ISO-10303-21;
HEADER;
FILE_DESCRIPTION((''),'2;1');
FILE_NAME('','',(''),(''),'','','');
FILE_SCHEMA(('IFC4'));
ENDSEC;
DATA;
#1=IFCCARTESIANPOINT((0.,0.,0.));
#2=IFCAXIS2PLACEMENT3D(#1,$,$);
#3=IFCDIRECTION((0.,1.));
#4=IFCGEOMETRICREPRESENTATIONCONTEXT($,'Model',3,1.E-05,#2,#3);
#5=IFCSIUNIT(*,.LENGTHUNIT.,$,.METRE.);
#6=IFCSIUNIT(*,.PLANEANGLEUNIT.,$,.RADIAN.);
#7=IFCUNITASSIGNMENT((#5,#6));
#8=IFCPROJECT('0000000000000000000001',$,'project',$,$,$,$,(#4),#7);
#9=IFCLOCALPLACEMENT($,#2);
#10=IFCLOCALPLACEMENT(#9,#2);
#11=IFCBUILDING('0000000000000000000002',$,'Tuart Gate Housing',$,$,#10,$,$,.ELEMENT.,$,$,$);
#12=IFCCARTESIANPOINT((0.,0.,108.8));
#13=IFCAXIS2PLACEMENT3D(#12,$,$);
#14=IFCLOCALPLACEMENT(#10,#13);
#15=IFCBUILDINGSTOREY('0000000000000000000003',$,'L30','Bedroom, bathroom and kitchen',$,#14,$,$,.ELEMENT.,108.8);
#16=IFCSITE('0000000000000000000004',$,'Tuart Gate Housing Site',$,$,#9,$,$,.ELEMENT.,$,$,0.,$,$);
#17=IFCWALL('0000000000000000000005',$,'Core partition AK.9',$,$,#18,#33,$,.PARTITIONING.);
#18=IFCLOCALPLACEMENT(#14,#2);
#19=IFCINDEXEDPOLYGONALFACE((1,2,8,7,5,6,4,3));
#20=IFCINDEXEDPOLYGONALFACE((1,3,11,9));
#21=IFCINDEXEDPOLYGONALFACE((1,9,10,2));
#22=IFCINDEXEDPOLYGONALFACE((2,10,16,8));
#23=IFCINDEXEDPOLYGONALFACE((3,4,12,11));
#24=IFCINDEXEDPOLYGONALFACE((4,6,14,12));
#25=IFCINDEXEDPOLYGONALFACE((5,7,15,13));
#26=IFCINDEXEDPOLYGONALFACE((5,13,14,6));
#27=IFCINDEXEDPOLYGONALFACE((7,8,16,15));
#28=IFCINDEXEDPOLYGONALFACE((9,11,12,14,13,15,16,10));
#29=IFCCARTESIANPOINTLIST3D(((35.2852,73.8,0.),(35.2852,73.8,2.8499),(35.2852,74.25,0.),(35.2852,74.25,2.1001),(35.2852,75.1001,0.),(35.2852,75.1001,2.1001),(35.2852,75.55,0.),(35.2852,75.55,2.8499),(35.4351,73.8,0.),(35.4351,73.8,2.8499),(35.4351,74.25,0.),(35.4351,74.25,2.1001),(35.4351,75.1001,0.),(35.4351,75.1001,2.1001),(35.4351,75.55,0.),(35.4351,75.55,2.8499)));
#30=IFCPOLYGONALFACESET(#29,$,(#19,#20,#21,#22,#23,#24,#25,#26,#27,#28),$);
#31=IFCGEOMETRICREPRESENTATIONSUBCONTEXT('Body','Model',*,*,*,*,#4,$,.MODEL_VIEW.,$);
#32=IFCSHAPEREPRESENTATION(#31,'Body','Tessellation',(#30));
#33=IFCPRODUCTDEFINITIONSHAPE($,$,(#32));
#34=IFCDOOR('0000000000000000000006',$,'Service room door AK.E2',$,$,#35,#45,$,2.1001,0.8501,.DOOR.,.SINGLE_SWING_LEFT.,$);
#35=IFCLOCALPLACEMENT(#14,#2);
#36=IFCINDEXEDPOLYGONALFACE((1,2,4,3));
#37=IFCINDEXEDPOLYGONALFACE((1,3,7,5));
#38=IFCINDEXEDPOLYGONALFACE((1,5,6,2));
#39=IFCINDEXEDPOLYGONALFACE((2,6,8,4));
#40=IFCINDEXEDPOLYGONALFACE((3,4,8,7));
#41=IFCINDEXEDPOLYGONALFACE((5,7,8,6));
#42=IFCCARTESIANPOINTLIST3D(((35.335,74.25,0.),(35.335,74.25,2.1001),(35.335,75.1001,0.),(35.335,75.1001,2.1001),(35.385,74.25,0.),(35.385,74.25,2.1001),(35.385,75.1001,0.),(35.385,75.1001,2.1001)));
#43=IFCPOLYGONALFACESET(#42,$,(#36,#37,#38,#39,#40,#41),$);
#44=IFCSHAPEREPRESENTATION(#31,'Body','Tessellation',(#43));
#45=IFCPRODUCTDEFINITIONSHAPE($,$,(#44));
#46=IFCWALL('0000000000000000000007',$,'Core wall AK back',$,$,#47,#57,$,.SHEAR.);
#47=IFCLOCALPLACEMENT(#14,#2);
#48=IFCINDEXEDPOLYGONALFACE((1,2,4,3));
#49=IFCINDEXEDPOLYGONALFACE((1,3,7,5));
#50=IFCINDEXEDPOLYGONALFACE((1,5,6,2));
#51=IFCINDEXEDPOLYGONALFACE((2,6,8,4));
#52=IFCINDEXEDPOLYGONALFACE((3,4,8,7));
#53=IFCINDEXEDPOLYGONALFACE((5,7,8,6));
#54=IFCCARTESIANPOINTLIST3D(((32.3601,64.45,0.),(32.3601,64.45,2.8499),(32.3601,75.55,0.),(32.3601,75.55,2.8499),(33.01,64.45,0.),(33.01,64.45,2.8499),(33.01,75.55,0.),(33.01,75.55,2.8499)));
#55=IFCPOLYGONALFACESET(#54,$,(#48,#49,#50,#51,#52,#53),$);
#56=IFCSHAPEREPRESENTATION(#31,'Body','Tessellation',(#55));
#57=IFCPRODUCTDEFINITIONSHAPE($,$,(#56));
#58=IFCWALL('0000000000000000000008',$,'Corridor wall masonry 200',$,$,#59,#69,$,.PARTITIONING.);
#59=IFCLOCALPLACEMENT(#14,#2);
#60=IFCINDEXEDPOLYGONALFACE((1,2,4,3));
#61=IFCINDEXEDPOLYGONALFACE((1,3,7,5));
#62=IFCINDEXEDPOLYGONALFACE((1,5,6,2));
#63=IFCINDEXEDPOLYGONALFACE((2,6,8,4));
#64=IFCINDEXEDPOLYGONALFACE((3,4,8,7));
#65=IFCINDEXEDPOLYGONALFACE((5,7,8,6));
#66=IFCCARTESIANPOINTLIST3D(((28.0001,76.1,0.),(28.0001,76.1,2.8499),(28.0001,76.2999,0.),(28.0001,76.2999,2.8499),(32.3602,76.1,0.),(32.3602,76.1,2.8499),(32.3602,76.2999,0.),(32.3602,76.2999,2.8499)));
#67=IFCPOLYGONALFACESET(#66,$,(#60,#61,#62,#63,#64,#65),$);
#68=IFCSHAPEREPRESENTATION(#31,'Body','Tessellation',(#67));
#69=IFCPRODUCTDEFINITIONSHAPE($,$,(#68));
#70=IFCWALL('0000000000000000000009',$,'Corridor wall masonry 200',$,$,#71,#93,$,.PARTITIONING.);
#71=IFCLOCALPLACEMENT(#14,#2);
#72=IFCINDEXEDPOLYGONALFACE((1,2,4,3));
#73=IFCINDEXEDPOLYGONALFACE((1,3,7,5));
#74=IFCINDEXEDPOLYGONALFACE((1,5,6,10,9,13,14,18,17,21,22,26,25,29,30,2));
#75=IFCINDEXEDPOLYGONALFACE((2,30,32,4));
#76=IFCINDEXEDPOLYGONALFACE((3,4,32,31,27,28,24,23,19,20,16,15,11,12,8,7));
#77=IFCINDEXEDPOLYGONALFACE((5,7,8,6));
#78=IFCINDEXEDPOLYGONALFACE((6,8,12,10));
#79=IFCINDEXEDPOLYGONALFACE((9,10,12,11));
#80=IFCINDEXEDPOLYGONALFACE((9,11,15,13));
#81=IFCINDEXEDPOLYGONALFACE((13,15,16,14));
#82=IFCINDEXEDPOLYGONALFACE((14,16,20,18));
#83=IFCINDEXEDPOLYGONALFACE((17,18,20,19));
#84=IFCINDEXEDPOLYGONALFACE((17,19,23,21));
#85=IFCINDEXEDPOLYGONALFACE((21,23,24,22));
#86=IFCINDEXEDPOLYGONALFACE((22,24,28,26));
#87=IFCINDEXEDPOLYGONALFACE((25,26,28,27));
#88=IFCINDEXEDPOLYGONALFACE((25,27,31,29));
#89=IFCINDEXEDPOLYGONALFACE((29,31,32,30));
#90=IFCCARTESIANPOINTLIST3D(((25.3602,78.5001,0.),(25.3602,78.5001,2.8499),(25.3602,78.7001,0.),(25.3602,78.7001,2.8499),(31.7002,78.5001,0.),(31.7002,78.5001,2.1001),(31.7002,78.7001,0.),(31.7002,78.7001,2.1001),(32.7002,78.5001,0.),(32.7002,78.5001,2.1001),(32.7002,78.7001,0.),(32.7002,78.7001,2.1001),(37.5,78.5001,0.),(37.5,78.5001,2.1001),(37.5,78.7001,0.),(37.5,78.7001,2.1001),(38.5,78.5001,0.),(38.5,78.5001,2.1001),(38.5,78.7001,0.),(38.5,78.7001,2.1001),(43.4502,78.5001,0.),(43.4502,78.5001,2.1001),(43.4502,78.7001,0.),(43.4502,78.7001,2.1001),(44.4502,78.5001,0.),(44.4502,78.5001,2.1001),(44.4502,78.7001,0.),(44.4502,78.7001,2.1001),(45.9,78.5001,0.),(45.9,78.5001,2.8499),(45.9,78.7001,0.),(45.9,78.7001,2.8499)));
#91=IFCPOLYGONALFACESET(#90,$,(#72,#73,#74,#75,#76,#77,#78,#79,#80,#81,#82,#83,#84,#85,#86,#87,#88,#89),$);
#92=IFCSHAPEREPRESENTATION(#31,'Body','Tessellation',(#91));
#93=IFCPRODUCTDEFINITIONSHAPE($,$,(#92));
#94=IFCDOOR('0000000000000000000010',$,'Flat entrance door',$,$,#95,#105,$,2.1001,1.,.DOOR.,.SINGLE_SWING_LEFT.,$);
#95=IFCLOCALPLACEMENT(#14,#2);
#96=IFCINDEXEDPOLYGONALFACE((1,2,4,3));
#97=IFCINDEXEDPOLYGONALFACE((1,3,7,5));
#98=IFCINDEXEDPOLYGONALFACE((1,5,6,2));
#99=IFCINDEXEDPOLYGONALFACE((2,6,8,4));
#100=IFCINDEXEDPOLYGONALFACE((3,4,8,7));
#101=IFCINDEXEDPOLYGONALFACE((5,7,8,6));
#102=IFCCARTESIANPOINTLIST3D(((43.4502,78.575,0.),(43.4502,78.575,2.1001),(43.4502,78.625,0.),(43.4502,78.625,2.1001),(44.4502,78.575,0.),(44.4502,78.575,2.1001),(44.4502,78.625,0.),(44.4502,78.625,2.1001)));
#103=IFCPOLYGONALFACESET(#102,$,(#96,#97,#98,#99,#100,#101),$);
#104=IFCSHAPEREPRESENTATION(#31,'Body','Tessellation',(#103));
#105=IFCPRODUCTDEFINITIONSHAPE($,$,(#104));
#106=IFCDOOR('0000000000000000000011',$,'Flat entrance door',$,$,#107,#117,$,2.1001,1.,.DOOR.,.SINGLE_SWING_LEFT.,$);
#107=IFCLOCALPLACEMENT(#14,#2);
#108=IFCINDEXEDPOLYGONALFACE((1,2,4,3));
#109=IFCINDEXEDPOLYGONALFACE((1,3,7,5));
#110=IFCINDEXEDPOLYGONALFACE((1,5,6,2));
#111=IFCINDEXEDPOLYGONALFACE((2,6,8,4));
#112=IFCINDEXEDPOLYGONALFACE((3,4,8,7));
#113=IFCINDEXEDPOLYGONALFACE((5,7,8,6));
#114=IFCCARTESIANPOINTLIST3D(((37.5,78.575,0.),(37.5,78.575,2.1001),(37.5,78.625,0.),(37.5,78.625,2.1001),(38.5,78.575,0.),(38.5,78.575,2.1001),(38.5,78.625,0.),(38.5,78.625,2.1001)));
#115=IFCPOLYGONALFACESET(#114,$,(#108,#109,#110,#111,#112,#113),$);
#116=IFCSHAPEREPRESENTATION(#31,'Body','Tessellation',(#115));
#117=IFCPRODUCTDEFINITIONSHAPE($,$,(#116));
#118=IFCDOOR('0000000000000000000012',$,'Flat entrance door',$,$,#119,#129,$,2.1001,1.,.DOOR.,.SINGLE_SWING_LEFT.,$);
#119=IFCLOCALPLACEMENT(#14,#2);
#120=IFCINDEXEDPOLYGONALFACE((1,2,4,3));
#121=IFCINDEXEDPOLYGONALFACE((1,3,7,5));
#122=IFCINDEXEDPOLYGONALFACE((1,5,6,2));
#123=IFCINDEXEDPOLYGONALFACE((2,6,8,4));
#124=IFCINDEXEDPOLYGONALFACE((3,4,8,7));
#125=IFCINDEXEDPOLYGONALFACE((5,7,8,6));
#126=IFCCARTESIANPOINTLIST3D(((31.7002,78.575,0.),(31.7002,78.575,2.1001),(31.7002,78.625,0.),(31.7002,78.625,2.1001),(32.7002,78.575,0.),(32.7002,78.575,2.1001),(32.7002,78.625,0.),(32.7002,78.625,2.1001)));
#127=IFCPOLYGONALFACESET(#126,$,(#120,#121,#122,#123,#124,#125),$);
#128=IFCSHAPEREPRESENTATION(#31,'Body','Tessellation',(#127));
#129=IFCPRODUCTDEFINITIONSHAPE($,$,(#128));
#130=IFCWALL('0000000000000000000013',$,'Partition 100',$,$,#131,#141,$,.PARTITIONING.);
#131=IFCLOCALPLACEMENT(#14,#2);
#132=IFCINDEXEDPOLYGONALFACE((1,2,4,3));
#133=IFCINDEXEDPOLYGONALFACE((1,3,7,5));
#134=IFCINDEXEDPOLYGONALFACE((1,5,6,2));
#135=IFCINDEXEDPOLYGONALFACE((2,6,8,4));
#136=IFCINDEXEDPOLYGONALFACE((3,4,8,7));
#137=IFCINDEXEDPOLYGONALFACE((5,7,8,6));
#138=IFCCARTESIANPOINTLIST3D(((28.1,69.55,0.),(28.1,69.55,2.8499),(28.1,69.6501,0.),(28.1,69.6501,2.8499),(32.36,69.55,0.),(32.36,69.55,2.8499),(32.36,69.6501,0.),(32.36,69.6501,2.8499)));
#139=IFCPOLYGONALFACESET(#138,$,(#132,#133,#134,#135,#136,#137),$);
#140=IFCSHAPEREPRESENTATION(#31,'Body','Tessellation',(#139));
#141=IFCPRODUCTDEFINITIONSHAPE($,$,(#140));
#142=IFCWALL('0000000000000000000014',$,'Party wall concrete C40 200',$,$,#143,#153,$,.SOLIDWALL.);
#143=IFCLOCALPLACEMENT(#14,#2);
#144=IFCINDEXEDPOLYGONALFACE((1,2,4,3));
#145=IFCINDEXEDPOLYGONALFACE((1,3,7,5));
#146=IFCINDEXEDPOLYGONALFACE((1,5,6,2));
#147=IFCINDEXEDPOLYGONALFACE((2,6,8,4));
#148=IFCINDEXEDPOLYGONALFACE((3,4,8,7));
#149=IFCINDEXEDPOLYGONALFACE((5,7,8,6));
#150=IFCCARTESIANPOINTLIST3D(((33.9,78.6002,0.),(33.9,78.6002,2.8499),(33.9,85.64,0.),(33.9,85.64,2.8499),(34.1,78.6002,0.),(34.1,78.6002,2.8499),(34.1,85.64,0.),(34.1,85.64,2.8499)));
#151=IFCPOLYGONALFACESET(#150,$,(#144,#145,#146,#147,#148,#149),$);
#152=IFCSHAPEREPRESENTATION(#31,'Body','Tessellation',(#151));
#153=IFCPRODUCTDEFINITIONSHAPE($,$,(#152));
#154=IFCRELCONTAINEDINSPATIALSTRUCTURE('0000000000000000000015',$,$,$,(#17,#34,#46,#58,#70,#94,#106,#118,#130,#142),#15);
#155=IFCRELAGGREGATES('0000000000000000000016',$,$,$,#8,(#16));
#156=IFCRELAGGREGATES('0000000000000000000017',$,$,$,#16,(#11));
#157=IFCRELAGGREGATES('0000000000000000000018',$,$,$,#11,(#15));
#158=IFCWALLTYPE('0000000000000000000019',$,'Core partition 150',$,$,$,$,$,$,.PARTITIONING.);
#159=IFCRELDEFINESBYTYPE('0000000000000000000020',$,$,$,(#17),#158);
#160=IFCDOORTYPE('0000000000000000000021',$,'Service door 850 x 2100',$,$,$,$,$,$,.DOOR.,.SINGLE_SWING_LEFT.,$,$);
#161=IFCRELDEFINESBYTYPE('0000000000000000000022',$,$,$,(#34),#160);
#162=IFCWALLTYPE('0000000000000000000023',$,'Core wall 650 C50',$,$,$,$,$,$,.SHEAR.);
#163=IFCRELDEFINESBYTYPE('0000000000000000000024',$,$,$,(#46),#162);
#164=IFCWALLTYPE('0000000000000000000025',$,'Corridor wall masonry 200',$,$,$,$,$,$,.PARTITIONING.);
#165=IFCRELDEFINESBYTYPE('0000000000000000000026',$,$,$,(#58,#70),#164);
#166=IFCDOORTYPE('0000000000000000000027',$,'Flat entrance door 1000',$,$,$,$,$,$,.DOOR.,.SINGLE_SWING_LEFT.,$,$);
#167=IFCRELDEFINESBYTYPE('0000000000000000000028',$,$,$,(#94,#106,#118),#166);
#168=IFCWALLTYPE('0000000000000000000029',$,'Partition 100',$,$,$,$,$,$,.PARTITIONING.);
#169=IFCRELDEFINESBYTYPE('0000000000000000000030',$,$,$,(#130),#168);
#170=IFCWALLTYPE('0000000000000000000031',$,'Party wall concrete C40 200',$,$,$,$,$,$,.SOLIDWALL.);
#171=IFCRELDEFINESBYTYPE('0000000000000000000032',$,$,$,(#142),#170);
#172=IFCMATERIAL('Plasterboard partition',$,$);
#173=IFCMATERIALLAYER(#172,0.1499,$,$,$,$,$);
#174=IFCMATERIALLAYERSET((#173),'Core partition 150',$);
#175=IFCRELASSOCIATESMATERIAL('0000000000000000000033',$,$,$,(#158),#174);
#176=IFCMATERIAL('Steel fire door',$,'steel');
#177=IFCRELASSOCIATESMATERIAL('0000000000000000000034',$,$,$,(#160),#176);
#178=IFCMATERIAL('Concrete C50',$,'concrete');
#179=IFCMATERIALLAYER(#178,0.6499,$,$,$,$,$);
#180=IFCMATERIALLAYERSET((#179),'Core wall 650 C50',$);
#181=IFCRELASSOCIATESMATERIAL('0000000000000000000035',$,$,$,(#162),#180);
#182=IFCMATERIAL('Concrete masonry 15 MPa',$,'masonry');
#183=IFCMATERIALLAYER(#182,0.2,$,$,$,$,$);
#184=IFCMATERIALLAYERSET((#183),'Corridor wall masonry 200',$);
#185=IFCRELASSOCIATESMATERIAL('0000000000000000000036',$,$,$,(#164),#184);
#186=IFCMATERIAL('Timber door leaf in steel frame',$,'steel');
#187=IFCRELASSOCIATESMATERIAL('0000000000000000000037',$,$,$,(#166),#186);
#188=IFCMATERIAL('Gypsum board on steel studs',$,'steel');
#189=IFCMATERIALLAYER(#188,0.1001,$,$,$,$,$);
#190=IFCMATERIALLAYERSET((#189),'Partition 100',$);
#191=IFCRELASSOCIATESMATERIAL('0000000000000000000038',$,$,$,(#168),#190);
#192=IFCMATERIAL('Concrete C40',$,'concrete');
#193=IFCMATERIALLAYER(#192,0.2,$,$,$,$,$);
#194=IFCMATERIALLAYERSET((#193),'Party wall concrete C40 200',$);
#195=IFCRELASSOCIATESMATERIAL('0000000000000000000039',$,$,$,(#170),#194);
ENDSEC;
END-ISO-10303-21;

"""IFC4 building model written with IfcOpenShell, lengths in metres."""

from ifc_helpers import new_model, si_unit, direction, frame, frame_2d, origin, place, context, subcontext, project, spatial, rectangle, extrude, material, layer, layer_set, type_object, element, fill, save


model = new_model("IFC4")

# Units and contexts
model_context = context("Model", 3, precision=1e-05, world=origin(), true_north=direction((0.0, 1.0)))
body_context = subcontext(model_context, "Body", "Model", "MODEL_VIEW")
ifc_project = project(units=[si_unit("LENGTHUNIT", "METRE"), si_unit("PLANEANGLEUNIT", "RADIAN")], contexts=[model_context])

# Site, building, storey
site_placement = place(None, origin())
site = spatial("IfcSite", under=ifc_project, at=site_placement, Name="Tuart Gate Housing Site", CompositionType="ELEMENT", RefElevation=0.0)
building_placement = place(site_placement, origin())
building = spatial("IfcBuilding", under=site, at=building_placement, Name="Tuart Gate Housing", CompositionType="ELEMENT")
storey_placement = place(building_placement, frame((0.0, 0.0, 108.8)))
storey = spatial("IfcBuildingStorey", under=building, at=storey_placement, Name="L30", Description="Bedroom, bathroom and kitchen", CompositionType="ELEMENT", Elevation=108.8)

# Wall, opening, door
ifc_material_1 = material(Name="Plasterboard partition")
ifc_layer_1 = layer(ifc_material_1, 0.1499)
ifc_layer_set_1 = layer_set([ifc_layer_1], Name="Core partition 150")
wall_type_1 = type_object("IfcWallType", Name="Core partition 150", PredefinedType="PARTITIONING", material=ifc_layer_set_1)
wall_1_placement = place(storey_placement, frame((35.3601, 75.55, 0.0), z_axis=(0.0, 0.0, 1.0), x_axis=(0.0, -1.0, 0.0)))
wall_1 = element("IfcWall", 1, at=wall_1_placement, inside=storey, type_object=wall_type_1, Name="Core partition AK.9", PredefinedType="PARTITIONING", context=body_context, shape_type="SweptSolid", body=[
    extrude(rectangle(XDim=1.75, YDim=0.1499, at=frame_2d((0.875, 0.0))), origin(), (0.0, 0.0, 1.0), 2.8499),
])
opening_1_placement = place(wall_1_placement, frame((0.45, 0.0, 0.0)))
opening_1 = element("IfcOpeningElement", 2, at=opening_1_placement, cuts=wall_1, PredefinedType="OPENING", context=body_context, shape_type="SweptSolid", body=[
    extrude(rectangle(XDim=0.8501, YDim=2.1001, at=frame_2d((0.425, 1.05))), frame((0.0, 0.085, 0.0), z_axis=(0.0, -1.0, 0.0), x_axis=(1.0, 0.0, 0.0)), (0.0, 0.0, 1.0), 0.1699),
])
ifc_material_2 = material(Name="Steel fire door", Category="steel")
door_type_1 = type_object("IfcDoorType", Name="Service door 850 x 2100", OperationType="SINGLE_SWING_LEFT", PredefinedType="DOOR", material=ifc_material_2)
door_1_placement = place(opening_1_placement, origin())
door_1 = element("IfcDoor", 3, at=door_1_placement, inside=storey, type_object=door_type_1, Name="Service room door AK.E2", OperationType="SINGLE_SWING_LEFT", OverallHeight=2.1001, OverallWidth=0.8501, PredefinedType="DOOR", context=body_context, shape_type="SweptSolid", body=[
    extrude(rectangle(XDim=0.8501, YDim=2.1001, at=frame_2d((0.425, 1.05))), frame((0.0, 0.0249, 0.0), z_axis=(0.0, -1.0, 0.0), x_axis=(1.0, 0.0, 0.0)), (0.0, 0.0, 1.0), 0.05),
])
fill(opening_1, door_1)

# Walls
ifc_material_3 = material(Name="Concrete C50", Category="concrete")
ifc_layer_2 = layer(ifc_material_3, 0.6499)
ifc_layer_set_2 = layer_set([ifc_layer_2], Name="Core wall 650 C50")
wall_type_2 = type_object("IfcWallType", Name="Core wall 650 C50", PredefinedType="SHEAR", material=ifc_layer_set_2)
wall_2_placement = place(storey_placement, frame((32.6851, 75.55, 0.0), z_axis=(0.0, 0.0, 1.0), x_axis=(0.0, -1.0, 0.0)))
element("IfcWall", 4, at=wall_2_placement, inside=storey, type_object=wall_type_2, Name="Core wall AK back", PredefinedType="SHEAR", context=body_context, shape_type="SweptSolid", body=[
    extrude(rectangle(XDim=11.1001, YDim=0.6499, at=frame_2d((5.55, 0.0))), origin(), (0.0, 0.0, 1.0), 2.8499),
])
ifc_material_4 = material(Name="Concrete masonry 15 MPa", Category="masonry")
ifc_layer_3 = layer(ifc_material_4, 0.2)
ifc_layer_set_3 = layer_set([ifc_layer_3], Name="Corridor wall masonry 200")
wall_type_3 = type_object("IfcWallType", Name="Corridor wall masonry 200", PredefinedType="PARTITIONING", material=ifc_layer_set_3)
wall_3_placement = place(storey_placement, frame((28.0, 76.2, 0.0), z_axis=(0.0, 0.0, 1.0), x_axis=(1.0, 0.0, 0.0)))
element("IfcWall", 5, at=wall_3_placement, inside=storey, type_object=wall_type_3, Name="Corridor wall masonry 200", PredefinedType="PARTITIONING", context=body_context, shape_type="SweptSolid", body=[
    extrude(rectangle(XDim=4.3601, YDim=0.2, at=frame_2d((2.1802, 0.0))), origin(), (0.0, 0.0, 1.0), 2.8499),
])

# Wall, openings, doors
wall_4_placement = place(storey_placement, frame((25.3601, 78.6001, 0.0), z_axis=(0.0, 0.0, 1.0), x_axis=(1.0, 0.0, 0.0)))
wall_4 = element("IfcWall", 6, at=wall_4_placement, inside=storey, type_object=wall_type_3, Name="Corridor wall masonry 200", PredefinedType="PARTITIONING", context=body_context, shape_type="SweptSolid", body=[
    extrude(rectangle(XDim=20.5398, YDim=0.2, at=frame_2d((10.27, 0.0))), origin(), (0.0, 0.0, 1.0), 2.8499),
])
opening_2_placement = place(wall_4_placement, frame((18.0901, 0.0, 0.0)))
opening_2 = element("IfcOpeningElement", 7, at=opening_2_placement, cuts=wall_4, PredefinedType="OPENING", context=body_context, shape_type="SweptSolid", body=[
    extrude(rectangle(XDim=1.0, YDim=2.1001, at=frame_2d((0.5, 1.05))), frame((0.0, 0.1099, 0.0), z_axis=(0.0, -1.0, 0.0), x_axis=(1.0, 0.0, 0.0)), (0.0, 0.0, 1.0), 0.22),
])
opening_3_placement = place(wall_4_placement, frame((12.1399, 0.0, 0.0)))
opening_3 = element("IfcOpeningElement", 8, at=opening_3_placement, cuts=wall_4, PredefinedType="OPENING", context=body_context, shape_type="SweptSolid", body=[
    extrude(rectangle(XDim=1.0, YDim=2.1001, at=frame_2d((0.5, 1.05))), frame((0.0, 0.1099, 0.0), z_axis=(0.0, -1.0, 0.0), x_axis=(1.0, 0.0, 0.0)), (0.0, 0.0, 1.0), 0.22),
])
opening_4_placement = place(wall_4_placement, frame((6.3401, 0.0, 0.0)))
opening_4 = element("IfcOpeningElement", 9, at=opening_4_placement, cuts=wall_4, PredefinedType="OPENING", context=body_context, shape_type="SweptSolid", body=[
    extrude(rectangle(XDim=1.0, YDim=2.1001, at=frame_2d((0.5, 1.05))), frame((0.0, 0.1099, 0.0), z_axis=(0.0, -1.0, 0.0), x_axis=(1.0, 0.0, 0.0)), (0.0, 0.0, 1.0), 0.22),
])
ifc_material_5 = material(Name="Timber door leaf in steel frame", Category="steel")
door_type_2 = type_object("IfcDoorType", Name="Flat entrance door 1000", OperationType="SINGLE_SWING_LEFT", PredefinedType="DOOR", material=ifc_material_5)
door_2_placement = place(opening_2_placement, origin())
door_2 = element("IfcDoor", 10, at=door_2_placement, inside=storey, type_object=door_type_2, Name="Flat entrance door", OperationType="SINGLE_SWING_LEFT", OverallHeight=2.1001, OverallWidth=1.0, PredefinedType="DOOR", context=body_context, shape_type="SweptSolid", body=[
    extrude(rectangle(XDim=1.0, YDim=2.1001, at=frame_2d((0.5, 1.05))), frame((0.0, 0.0249, 0.0), z_axis=(0.0, -1.0, 0.0), x_axis=(1.0, 0.0, 0.0)), (0.0, 0.0, 1.0), 0.05),
])
fill(opening_2, door_2)
door_3_placement = place(opening_3_placement, origin())
door_3 = element("IfcDoor", 11, at=door_3_placement, inside=storey, type_object=door_type_2, Name="Flat entrance door", OperationType="SINGLE_SWING_LEFT", OverallHeight=2.1001, OverallWidth=1.0, PredefinedType="DOOR", context=body_context, shape_type="SweptSolid", body=[
    extrude(rectangle(XDim=1.0, YDim=2.1001, at=frame_2d((0.5, 1.05))), frame((0.0, 0.0249, 0.0), z_axis=(0.0, -1.0, 0.0), x_axis=(1.0, 0.0, 0.0)), (0.0, 0.0, 1.0), 0.05),
])
fill(opening_3, door_3)
door_4_placement = place(opening_4_placement, origin())
door_4 = element("IfcDoor", 12, at=door_4_placement, inside=storey, type_object=door_type_2, Name="Flat entrance door", OperationType="SINGLE_SWING_LEFT", OverallHeight=2.1001, OverallWidth=1.0, PredefinedType="DOOR", context=body_context, shape_type="SweptSolid", body=[
    extrude(rectangle(XDim=1.0, YDim=2.1001, at=frame_2d((0.5, 1.05))), frame((0.0, 0.0249, 0.0), z_axis=(0.0, -1.0, 0.0), x_axis=(1.0, 0.0, 0.0)), (0.0, 0.0, 1.0), 0.05),
])
fill(opening_4, door_4)

# Walls
ifc_material_6 = material(Name="Gypsum board on steel studs", Category="steel")
ifc_layer_4 = layer(ifc_material_6, 0.1001)
ifc_layer_set_4 = layer_set([ifc_layer_4], Name="Partition 100")
wall_type_4 = type_object("IfcWallType", Name="Partition 100", PredefinedType="PARTITIONING", material=ifc_layer_set_4)
wall_5_placement = place(storey_placement, frame((28.1001, 69.6001, 0.0), z_axis=(0.0, 0.0, 1.0), x_axis=(1.0, 0.0, 0.0)))
element("IfcWall", 13, at=wall_5_placement, inside=storey, type_object=wall_type_4, Name="Partition 100", PredefinedType="PARTITIONING", context=body_context, shape_type="SweptSolid", body=[
    extrude(rectangle(XDim=4.26, YDim=0.1001, at=frame_2d((2.1299, 0.0))), origin(), (0.0, 0.0, 1.0), 2.8499),
])
ifc_material_7 = material(Name="Concrete C40", Category="concrete")
ifc_layer_5 = layer(ifc_material_7, 0.2)
ifc_layer_set_5 = layer_set([ifc_layer_5], Name="Party wall concrete C40 200")
wall_type_5 = type_object("IfcWallType", Name="Party wall concrete C40 200", PredefinedType="SOLIDWALL", material=ifc_layer_set_5)
wall_6_placement = place(storey_placement, frame((34.0, 78.6001, 0.0), z_axis=(0.0, 0.0, 1.0), x_axis=(0.0, 1.0, 0.0)))
element("IfcWall", 14, at=wall_6_placement, inside=storey, type_object=wall_type_5, Name="Party wall concrete C40 200", PredefinedType="SOLIDWALL", context=body_context, shape_type="SweptSolid", body=[
    extrude(rectangle(XDim=7.0398, YDim=0.2, at=frame_2d((3.52, 0.0))), origin(), (0.0, 0.0, 1.0), 2.8499),
])

save(model, "model.ifc")
